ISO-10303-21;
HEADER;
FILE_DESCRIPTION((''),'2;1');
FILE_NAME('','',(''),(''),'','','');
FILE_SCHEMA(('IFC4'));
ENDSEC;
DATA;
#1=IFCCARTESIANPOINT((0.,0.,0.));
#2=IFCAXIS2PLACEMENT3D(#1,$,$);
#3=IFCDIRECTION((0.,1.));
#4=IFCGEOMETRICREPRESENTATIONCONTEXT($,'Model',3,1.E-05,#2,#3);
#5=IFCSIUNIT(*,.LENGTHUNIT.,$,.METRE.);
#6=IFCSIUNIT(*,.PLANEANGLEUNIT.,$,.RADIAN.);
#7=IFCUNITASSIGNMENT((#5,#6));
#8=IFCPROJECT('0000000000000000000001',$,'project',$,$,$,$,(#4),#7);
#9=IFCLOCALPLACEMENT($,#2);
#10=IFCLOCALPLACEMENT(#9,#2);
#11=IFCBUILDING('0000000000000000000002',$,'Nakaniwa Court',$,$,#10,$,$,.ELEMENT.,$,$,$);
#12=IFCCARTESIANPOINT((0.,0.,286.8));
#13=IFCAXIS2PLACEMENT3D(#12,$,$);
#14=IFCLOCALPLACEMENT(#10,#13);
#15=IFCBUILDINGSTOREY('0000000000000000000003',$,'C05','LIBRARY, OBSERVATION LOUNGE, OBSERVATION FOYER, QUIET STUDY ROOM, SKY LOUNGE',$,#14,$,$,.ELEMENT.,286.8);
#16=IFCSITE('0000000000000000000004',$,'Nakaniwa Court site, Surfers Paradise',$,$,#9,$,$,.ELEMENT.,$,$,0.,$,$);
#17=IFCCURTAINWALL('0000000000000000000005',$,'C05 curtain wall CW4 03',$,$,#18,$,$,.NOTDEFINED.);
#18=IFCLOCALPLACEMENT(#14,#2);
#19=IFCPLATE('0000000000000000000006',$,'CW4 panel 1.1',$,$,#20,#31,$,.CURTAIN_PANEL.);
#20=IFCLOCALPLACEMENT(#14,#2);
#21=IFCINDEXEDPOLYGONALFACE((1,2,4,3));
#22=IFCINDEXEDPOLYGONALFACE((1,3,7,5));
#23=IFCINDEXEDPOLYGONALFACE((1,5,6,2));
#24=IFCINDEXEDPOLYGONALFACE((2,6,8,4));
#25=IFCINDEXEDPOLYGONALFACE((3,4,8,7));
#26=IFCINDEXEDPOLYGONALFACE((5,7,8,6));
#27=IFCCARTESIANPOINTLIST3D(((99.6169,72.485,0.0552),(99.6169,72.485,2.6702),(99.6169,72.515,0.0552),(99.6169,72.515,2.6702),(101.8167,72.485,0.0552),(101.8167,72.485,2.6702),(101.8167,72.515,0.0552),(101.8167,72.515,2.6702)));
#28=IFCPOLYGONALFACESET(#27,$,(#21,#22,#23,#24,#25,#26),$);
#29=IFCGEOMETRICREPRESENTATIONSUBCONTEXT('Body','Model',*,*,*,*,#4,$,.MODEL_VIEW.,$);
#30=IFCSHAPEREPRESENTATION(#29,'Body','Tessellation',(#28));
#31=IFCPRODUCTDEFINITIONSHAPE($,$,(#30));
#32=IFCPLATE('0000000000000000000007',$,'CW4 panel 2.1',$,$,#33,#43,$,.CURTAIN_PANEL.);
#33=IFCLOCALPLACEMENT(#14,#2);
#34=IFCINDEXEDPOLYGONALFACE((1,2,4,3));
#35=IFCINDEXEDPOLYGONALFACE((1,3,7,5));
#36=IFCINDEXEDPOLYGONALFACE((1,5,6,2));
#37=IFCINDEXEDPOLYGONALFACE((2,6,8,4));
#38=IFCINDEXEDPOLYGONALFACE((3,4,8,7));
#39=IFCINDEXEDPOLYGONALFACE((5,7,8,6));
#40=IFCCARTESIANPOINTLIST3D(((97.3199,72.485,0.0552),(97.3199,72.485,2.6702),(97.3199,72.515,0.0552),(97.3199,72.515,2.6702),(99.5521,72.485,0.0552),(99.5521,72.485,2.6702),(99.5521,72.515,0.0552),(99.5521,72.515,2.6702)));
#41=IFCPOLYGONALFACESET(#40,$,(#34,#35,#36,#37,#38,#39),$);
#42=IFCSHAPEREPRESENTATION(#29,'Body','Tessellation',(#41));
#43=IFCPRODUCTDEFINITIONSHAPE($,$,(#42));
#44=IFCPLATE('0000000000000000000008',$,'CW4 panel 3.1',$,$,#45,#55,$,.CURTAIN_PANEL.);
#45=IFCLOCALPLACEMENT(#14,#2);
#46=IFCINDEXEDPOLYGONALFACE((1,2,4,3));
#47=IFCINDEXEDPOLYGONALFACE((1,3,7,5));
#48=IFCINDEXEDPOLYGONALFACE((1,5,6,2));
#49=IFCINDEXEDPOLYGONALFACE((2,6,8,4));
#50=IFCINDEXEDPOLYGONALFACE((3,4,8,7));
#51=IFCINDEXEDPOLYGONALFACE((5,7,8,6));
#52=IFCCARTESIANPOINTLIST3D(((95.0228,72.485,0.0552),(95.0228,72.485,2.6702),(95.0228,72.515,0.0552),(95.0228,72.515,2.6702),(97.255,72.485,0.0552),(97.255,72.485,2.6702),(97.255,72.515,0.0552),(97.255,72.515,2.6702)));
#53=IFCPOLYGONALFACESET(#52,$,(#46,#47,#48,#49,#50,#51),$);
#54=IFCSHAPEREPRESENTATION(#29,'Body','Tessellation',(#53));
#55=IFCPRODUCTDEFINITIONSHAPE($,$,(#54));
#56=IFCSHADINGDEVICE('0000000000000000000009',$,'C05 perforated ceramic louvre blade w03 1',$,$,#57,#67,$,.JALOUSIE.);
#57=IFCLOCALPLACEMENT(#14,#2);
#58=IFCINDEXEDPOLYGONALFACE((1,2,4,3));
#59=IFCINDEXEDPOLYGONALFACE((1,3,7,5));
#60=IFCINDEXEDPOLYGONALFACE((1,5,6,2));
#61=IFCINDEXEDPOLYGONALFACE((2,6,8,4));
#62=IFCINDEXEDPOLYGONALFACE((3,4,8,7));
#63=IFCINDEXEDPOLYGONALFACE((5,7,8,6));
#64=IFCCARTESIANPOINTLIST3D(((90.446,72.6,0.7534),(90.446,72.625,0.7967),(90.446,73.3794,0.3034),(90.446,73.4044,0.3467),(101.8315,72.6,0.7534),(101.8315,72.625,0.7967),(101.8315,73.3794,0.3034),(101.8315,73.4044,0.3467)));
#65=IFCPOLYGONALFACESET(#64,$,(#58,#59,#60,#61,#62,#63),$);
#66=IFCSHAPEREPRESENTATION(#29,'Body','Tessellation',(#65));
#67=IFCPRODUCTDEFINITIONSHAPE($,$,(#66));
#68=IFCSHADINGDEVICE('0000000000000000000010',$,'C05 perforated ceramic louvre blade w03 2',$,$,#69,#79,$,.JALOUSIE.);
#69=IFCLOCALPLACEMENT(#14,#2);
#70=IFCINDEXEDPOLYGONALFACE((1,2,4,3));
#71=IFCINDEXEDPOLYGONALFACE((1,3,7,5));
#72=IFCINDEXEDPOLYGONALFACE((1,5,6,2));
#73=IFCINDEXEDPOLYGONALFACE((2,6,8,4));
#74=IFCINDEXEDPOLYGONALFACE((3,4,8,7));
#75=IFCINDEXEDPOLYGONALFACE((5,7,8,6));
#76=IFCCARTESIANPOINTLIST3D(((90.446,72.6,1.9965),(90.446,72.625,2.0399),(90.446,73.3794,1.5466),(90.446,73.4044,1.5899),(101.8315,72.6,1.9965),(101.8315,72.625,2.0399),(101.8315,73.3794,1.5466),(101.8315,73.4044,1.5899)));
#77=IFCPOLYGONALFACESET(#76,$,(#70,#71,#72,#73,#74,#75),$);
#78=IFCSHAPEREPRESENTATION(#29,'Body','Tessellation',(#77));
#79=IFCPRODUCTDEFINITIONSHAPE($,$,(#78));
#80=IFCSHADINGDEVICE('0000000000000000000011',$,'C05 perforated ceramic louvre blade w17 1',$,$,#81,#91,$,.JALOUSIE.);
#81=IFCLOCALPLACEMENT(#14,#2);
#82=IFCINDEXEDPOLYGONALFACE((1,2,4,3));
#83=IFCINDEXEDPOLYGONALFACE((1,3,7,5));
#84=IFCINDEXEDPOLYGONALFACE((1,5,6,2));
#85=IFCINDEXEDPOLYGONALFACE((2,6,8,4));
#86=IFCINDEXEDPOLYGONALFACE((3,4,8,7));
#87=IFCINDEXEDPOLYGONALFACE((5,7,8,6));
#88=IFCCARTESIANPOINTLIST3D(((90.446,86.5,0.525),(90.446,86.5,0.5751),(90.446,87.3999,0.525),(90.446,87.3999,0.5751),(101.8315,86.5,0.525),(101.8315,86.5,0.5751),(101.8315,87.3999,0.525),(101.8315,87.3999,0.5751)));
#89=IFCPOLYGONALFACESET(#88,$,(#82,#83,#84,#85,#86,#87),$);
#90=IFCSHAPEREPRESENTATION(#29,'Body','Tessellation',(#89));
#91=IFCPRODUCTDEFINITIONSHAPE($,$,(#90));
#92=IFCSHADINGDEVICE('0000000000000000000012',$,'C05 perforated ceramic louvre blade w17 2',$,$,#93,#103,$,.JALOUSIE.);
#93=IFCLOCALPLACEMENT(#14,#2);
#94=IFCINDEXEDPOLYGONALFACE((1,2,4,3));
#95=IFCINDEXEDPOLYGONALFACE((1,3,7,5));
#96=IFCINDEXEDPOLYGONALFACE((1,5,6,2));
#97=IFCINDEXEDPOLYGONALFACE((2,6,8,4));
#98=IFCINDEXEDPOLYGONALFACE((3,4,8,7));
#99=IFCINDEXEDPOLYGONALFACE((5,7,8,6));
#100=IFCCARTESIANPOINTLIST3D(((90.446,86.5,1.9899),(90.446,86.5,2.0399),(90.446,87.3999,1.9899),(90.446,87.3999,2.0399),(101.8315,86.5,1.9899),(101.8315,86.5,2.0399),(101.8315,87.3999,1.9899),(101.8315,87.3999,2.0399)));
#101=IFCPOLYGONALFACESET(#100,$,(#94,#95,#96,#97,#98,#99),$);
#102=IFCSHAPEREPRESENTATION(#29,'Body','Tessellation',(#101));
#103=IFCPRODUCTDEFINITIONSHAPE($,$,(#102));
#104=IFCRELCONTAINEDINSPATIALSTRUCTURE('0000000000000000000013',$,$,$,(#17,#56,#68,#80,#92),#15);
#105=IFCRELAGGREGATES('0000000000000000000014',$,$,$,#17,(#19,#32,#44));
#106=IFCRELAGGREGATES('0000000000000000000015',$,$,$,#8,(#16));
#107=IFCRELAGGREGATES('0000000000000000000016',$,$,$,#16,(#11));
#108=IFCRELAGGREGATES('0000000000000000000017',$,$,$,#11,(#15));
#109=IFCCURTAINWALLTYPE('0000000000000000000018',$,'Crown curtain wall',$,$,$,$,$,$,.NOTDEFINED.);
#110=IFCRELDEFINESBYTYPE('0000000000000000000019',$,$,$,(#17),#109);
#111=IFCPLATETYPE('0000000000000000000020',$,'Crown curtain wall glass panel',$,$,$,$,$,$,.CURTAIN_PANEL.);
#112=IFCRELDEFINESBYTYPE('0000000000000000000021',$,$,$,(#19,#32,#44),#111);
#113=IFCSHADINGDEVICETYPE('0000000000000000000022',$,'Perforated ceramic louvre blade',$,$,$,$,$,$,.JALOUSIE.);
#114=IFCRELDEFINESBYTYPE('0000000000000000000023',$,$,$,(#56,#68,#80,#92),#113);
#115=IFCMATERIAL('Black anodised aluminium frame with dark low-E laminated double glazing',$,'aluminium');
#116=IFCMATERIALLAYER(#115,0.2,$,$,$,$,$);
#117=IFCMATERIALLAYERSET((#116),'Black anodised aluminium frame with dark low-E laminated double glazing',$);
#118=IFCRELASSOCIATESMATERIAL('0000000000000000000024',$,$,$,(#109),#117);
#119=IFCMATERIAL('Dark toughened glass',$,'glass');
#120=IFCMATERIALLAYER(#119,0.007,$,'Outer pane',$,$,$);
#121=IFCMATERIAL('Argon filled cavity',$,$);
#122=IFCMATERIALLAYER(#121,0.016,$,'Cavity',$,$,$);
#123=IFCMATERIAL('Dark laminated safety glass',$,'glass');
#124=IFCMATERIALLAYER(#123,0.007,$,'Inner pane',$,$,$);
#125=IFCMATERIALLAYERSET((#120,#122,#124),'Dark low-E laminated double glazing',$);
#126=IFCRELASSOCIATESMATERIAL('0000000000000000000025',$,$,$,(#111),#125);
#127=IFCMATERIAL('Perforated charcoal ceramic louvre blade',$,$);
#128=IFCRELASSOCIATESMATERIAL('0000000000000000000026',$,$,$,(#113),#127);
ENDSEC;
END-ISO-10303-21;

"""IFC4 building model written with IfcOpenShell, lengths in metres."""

from ifc_helpers import new_model, si_unit, direction, frame, origin, origin_2d, place, context, subcontext, project, spatial, rectangle, extrude, material, layer, layer_set, material_profile, profile_set, type_object, element, aggregate, save


model = new_model("IFC4")

# Units and contexts
model_context = context("Model", 3, precision=1e-05, world=origin(), true_north=direction((0.0, 1.0)))
body_context = subcontext(model_context, "Body", "Model", "MODEL_VIEW")
ifc_project = project(units=[si_unit("LENGTHUNIT", "METRE"), si_unit("PLANEANGLEUNIT", "RADIAN")], contexts=[model_context])

# Site, building, storey
site_placement = place(None, origin())
site = spatial("IfcSite", under=ifc_project, at=site_placement, Name="Nakaniwa Court site, Surfers Paradise", CompositionType="ELEMENT", RefElevation=0.0)
building_placement = place(site_placement, origin())
building = spatial("IfcBuilding", under=site, at=building_placement, Name="Nakaniwa Court", CompositionType="ELEMENT")
storey_placement = place(building_placement, frame((0.0, 0.0, 286.8)))
storey = spatial("IfcBuildingStorey", under=building, at=storey_placement, Name="C05", Description="LIBRARY, OBSERVATION LOUNGE, OBSERVATION FOYER, QUIET STUDY ROOM, SKY LOUNGE", CompositionType="ELEMENT", Elevation=286.8)

# Shared definitions
ifc_material_1 = material(Name="Black anodised aluminium frame with dark low-E laminated double glazing", Category="aluminium")
ifc_layer_1 = layer(ifc_material_1, 0.2)
ifc_layer_set_1 = layer_set([ifc_layer_1], Name="Black anodised aluminium frame with dark low-E laminated double glazing")
curtain_wall_type = type_object("IfcCurtainWallType", Name="Crown curtain wall", PredefinedType="NOTDEFINED", material=ifc_layer_set_1)

# Curtain wall
curtain_wall_1_placement = place(storey_placement, origin())
curtain_wall_1 = element("IfcCurtainWall", 1, at=curtain_wall_1_placement, inside=storey, type_object=curtain_wall_type, Name="C05 curtain wall CW4 03", PredefinedType="NOTDEFINED")

# Plates
ifc_material_2 = material(Name="Dark toughened glass", Category="glass")
ifc_layer_2 = layer(ifc_material_2, 0.007, Name="Outer pane")
ifc_material_3 = material(Name="Argon filled cavity")
ifc_layer_3 = layer(ifc_material_3, 0.016, Name="Cavity")
ifc_material_4 = material(Name="Dark laminated safety glass", Category="glass")
ifc_layer_4 = layer(ifc_material_4, 0.007, Name="Inner pane")
ifc_layer_set_2 = layer_set([ifc_layer_2, ifc_layer_3, ifc_layer_4], Name="Dark low-E laminated double glazing")
plate_type = type_object("IfcPlateType", Name="Crown curtain wall glass panel", PredefinedType="CURTAIN_PANEL", material=ifc_layer_set_2)
plate_1_placement = place(storey_placement, frame((100.7168, 72.5, 0.0552), z_axis=(0.0, 0.0, 1.0), x_axis=(-1.0, 0.0, 0.0)))
plate_1 = element("IfcPlate", 2, at=plate_1_placement, type_object=plate_type, Name="CW4 panel 1.1", PredefinedType="CURTAIN_PANEL", context=body_context, shape_type="SweptSolid", body=[
    extrude(rectangle(XDim=2.1997, YDim=0.03, at=origin_2d()), origin(), (0.0, 0.0, 1.0), 2.615),
])
plate_2_placement = place(storey_placement, frame((98.436, 72.5, 0.0552), z_axis=(0.0, 0.0, 1.0), x_axis=(-1.0, 0.0, 0.0)))
plate_2 = element("IfcPlate", 3, at=plate_2_placement, type_object=plate_type, Name="CW4 panel 2.1", PredefinedType="CURTAIN_PANEL", context=body_context, shape_type="SweptSolid", body=[
    extrude(rectangle(XDim=2.2322, YDim=0.03, at=origin_2d()), origin(), (0.0, 0.0, 1.0), 2.615),
])
plate_3_placement = place(storey_placement, frame((96.1389, 72.5, 0.0552), z_axis=(0.0, 0.0, 1.0), x_axis=(-1.0, 0.0, 0.0)))
plate_3 = element("IfcPlate", 4, at=plate_3_placement, type_object=plate_type, Name="CW4 panel 3.1", PredefinedType="CURTAIN_PANEL", context=body_context, shape_type="SweptSolid", body=[
    extrude(rectangle(XDim=2.2322, YDim=0.03, at=origin_2d()), origin(), (0.0, 0.0, 1.0), 2.615),
])
aggregate(curtain_wall_1, [plate_1, plate_2, plate_3])

# Shading devices
ifc_material_5 = material(Name="Perforated charcoal ceramic louvre blade")
ifc_material_profile_1 = material_profile(ifc_material_5, rectangle(XDim=0.8999, YDim=0.05, at=origin_2d()), Name="Perforated ceramic louvre blade")
ifc_profile_set_1 = profile_set([ifc_material_profile_1], Name="Perforated charcoal ceramic louvre blade")
shading_device_type = type_object("IfcShadingDeviceType", Name="Perforated ceramic louvre blade", PredefinedType="JALOUSIE", material=ifc_profile_set_1)
for number, where, z_axis, x_axis, name in (
    (5, (101.8315, 73.0022, 0.55), (-1.0, 0.0, 0.0), (0.0, -0.866025, 0.5), "C05 perforated ceramic louvre blade w03 1"),
    (6, (101.8315, 73.0022, 1.7932), (-1.0, 0.0, 0.0), (0.0, -0.866025, 0.5), "C05 perforated ceramic louvre blade w03 2"),
    (7, (90.446, 86.95, 0.55), (1.0, 0.0, 0.0), (0.0, 1.0, 0.0), "C05 perforated ceramic louvre blade w17 1"),
    (8, (90.446, 86.95, 2.0149), (1.0, 0.0, 0.0), (0.0, 1.0, 0.0), "C05 perforated ceramic louvre blade w17 2"),
):
    element("IfcShadingDevice", number, at=place(storey_placement, frame(where, z_axis=z_axis, x_axis=x_axis)), inside=storey, type_object=shading_device_type, Name=name, PredefinedType="JALOUSIE", context=body_context, shape_type="SweptSolid", body=[
        extrude(rectangle(XDim=0.8999, YDim=0.05, at=origin_2d()), origin(), (0.0, 0.0, 1.0), 11.3855),
    ])

save(model, "model.ifc")
